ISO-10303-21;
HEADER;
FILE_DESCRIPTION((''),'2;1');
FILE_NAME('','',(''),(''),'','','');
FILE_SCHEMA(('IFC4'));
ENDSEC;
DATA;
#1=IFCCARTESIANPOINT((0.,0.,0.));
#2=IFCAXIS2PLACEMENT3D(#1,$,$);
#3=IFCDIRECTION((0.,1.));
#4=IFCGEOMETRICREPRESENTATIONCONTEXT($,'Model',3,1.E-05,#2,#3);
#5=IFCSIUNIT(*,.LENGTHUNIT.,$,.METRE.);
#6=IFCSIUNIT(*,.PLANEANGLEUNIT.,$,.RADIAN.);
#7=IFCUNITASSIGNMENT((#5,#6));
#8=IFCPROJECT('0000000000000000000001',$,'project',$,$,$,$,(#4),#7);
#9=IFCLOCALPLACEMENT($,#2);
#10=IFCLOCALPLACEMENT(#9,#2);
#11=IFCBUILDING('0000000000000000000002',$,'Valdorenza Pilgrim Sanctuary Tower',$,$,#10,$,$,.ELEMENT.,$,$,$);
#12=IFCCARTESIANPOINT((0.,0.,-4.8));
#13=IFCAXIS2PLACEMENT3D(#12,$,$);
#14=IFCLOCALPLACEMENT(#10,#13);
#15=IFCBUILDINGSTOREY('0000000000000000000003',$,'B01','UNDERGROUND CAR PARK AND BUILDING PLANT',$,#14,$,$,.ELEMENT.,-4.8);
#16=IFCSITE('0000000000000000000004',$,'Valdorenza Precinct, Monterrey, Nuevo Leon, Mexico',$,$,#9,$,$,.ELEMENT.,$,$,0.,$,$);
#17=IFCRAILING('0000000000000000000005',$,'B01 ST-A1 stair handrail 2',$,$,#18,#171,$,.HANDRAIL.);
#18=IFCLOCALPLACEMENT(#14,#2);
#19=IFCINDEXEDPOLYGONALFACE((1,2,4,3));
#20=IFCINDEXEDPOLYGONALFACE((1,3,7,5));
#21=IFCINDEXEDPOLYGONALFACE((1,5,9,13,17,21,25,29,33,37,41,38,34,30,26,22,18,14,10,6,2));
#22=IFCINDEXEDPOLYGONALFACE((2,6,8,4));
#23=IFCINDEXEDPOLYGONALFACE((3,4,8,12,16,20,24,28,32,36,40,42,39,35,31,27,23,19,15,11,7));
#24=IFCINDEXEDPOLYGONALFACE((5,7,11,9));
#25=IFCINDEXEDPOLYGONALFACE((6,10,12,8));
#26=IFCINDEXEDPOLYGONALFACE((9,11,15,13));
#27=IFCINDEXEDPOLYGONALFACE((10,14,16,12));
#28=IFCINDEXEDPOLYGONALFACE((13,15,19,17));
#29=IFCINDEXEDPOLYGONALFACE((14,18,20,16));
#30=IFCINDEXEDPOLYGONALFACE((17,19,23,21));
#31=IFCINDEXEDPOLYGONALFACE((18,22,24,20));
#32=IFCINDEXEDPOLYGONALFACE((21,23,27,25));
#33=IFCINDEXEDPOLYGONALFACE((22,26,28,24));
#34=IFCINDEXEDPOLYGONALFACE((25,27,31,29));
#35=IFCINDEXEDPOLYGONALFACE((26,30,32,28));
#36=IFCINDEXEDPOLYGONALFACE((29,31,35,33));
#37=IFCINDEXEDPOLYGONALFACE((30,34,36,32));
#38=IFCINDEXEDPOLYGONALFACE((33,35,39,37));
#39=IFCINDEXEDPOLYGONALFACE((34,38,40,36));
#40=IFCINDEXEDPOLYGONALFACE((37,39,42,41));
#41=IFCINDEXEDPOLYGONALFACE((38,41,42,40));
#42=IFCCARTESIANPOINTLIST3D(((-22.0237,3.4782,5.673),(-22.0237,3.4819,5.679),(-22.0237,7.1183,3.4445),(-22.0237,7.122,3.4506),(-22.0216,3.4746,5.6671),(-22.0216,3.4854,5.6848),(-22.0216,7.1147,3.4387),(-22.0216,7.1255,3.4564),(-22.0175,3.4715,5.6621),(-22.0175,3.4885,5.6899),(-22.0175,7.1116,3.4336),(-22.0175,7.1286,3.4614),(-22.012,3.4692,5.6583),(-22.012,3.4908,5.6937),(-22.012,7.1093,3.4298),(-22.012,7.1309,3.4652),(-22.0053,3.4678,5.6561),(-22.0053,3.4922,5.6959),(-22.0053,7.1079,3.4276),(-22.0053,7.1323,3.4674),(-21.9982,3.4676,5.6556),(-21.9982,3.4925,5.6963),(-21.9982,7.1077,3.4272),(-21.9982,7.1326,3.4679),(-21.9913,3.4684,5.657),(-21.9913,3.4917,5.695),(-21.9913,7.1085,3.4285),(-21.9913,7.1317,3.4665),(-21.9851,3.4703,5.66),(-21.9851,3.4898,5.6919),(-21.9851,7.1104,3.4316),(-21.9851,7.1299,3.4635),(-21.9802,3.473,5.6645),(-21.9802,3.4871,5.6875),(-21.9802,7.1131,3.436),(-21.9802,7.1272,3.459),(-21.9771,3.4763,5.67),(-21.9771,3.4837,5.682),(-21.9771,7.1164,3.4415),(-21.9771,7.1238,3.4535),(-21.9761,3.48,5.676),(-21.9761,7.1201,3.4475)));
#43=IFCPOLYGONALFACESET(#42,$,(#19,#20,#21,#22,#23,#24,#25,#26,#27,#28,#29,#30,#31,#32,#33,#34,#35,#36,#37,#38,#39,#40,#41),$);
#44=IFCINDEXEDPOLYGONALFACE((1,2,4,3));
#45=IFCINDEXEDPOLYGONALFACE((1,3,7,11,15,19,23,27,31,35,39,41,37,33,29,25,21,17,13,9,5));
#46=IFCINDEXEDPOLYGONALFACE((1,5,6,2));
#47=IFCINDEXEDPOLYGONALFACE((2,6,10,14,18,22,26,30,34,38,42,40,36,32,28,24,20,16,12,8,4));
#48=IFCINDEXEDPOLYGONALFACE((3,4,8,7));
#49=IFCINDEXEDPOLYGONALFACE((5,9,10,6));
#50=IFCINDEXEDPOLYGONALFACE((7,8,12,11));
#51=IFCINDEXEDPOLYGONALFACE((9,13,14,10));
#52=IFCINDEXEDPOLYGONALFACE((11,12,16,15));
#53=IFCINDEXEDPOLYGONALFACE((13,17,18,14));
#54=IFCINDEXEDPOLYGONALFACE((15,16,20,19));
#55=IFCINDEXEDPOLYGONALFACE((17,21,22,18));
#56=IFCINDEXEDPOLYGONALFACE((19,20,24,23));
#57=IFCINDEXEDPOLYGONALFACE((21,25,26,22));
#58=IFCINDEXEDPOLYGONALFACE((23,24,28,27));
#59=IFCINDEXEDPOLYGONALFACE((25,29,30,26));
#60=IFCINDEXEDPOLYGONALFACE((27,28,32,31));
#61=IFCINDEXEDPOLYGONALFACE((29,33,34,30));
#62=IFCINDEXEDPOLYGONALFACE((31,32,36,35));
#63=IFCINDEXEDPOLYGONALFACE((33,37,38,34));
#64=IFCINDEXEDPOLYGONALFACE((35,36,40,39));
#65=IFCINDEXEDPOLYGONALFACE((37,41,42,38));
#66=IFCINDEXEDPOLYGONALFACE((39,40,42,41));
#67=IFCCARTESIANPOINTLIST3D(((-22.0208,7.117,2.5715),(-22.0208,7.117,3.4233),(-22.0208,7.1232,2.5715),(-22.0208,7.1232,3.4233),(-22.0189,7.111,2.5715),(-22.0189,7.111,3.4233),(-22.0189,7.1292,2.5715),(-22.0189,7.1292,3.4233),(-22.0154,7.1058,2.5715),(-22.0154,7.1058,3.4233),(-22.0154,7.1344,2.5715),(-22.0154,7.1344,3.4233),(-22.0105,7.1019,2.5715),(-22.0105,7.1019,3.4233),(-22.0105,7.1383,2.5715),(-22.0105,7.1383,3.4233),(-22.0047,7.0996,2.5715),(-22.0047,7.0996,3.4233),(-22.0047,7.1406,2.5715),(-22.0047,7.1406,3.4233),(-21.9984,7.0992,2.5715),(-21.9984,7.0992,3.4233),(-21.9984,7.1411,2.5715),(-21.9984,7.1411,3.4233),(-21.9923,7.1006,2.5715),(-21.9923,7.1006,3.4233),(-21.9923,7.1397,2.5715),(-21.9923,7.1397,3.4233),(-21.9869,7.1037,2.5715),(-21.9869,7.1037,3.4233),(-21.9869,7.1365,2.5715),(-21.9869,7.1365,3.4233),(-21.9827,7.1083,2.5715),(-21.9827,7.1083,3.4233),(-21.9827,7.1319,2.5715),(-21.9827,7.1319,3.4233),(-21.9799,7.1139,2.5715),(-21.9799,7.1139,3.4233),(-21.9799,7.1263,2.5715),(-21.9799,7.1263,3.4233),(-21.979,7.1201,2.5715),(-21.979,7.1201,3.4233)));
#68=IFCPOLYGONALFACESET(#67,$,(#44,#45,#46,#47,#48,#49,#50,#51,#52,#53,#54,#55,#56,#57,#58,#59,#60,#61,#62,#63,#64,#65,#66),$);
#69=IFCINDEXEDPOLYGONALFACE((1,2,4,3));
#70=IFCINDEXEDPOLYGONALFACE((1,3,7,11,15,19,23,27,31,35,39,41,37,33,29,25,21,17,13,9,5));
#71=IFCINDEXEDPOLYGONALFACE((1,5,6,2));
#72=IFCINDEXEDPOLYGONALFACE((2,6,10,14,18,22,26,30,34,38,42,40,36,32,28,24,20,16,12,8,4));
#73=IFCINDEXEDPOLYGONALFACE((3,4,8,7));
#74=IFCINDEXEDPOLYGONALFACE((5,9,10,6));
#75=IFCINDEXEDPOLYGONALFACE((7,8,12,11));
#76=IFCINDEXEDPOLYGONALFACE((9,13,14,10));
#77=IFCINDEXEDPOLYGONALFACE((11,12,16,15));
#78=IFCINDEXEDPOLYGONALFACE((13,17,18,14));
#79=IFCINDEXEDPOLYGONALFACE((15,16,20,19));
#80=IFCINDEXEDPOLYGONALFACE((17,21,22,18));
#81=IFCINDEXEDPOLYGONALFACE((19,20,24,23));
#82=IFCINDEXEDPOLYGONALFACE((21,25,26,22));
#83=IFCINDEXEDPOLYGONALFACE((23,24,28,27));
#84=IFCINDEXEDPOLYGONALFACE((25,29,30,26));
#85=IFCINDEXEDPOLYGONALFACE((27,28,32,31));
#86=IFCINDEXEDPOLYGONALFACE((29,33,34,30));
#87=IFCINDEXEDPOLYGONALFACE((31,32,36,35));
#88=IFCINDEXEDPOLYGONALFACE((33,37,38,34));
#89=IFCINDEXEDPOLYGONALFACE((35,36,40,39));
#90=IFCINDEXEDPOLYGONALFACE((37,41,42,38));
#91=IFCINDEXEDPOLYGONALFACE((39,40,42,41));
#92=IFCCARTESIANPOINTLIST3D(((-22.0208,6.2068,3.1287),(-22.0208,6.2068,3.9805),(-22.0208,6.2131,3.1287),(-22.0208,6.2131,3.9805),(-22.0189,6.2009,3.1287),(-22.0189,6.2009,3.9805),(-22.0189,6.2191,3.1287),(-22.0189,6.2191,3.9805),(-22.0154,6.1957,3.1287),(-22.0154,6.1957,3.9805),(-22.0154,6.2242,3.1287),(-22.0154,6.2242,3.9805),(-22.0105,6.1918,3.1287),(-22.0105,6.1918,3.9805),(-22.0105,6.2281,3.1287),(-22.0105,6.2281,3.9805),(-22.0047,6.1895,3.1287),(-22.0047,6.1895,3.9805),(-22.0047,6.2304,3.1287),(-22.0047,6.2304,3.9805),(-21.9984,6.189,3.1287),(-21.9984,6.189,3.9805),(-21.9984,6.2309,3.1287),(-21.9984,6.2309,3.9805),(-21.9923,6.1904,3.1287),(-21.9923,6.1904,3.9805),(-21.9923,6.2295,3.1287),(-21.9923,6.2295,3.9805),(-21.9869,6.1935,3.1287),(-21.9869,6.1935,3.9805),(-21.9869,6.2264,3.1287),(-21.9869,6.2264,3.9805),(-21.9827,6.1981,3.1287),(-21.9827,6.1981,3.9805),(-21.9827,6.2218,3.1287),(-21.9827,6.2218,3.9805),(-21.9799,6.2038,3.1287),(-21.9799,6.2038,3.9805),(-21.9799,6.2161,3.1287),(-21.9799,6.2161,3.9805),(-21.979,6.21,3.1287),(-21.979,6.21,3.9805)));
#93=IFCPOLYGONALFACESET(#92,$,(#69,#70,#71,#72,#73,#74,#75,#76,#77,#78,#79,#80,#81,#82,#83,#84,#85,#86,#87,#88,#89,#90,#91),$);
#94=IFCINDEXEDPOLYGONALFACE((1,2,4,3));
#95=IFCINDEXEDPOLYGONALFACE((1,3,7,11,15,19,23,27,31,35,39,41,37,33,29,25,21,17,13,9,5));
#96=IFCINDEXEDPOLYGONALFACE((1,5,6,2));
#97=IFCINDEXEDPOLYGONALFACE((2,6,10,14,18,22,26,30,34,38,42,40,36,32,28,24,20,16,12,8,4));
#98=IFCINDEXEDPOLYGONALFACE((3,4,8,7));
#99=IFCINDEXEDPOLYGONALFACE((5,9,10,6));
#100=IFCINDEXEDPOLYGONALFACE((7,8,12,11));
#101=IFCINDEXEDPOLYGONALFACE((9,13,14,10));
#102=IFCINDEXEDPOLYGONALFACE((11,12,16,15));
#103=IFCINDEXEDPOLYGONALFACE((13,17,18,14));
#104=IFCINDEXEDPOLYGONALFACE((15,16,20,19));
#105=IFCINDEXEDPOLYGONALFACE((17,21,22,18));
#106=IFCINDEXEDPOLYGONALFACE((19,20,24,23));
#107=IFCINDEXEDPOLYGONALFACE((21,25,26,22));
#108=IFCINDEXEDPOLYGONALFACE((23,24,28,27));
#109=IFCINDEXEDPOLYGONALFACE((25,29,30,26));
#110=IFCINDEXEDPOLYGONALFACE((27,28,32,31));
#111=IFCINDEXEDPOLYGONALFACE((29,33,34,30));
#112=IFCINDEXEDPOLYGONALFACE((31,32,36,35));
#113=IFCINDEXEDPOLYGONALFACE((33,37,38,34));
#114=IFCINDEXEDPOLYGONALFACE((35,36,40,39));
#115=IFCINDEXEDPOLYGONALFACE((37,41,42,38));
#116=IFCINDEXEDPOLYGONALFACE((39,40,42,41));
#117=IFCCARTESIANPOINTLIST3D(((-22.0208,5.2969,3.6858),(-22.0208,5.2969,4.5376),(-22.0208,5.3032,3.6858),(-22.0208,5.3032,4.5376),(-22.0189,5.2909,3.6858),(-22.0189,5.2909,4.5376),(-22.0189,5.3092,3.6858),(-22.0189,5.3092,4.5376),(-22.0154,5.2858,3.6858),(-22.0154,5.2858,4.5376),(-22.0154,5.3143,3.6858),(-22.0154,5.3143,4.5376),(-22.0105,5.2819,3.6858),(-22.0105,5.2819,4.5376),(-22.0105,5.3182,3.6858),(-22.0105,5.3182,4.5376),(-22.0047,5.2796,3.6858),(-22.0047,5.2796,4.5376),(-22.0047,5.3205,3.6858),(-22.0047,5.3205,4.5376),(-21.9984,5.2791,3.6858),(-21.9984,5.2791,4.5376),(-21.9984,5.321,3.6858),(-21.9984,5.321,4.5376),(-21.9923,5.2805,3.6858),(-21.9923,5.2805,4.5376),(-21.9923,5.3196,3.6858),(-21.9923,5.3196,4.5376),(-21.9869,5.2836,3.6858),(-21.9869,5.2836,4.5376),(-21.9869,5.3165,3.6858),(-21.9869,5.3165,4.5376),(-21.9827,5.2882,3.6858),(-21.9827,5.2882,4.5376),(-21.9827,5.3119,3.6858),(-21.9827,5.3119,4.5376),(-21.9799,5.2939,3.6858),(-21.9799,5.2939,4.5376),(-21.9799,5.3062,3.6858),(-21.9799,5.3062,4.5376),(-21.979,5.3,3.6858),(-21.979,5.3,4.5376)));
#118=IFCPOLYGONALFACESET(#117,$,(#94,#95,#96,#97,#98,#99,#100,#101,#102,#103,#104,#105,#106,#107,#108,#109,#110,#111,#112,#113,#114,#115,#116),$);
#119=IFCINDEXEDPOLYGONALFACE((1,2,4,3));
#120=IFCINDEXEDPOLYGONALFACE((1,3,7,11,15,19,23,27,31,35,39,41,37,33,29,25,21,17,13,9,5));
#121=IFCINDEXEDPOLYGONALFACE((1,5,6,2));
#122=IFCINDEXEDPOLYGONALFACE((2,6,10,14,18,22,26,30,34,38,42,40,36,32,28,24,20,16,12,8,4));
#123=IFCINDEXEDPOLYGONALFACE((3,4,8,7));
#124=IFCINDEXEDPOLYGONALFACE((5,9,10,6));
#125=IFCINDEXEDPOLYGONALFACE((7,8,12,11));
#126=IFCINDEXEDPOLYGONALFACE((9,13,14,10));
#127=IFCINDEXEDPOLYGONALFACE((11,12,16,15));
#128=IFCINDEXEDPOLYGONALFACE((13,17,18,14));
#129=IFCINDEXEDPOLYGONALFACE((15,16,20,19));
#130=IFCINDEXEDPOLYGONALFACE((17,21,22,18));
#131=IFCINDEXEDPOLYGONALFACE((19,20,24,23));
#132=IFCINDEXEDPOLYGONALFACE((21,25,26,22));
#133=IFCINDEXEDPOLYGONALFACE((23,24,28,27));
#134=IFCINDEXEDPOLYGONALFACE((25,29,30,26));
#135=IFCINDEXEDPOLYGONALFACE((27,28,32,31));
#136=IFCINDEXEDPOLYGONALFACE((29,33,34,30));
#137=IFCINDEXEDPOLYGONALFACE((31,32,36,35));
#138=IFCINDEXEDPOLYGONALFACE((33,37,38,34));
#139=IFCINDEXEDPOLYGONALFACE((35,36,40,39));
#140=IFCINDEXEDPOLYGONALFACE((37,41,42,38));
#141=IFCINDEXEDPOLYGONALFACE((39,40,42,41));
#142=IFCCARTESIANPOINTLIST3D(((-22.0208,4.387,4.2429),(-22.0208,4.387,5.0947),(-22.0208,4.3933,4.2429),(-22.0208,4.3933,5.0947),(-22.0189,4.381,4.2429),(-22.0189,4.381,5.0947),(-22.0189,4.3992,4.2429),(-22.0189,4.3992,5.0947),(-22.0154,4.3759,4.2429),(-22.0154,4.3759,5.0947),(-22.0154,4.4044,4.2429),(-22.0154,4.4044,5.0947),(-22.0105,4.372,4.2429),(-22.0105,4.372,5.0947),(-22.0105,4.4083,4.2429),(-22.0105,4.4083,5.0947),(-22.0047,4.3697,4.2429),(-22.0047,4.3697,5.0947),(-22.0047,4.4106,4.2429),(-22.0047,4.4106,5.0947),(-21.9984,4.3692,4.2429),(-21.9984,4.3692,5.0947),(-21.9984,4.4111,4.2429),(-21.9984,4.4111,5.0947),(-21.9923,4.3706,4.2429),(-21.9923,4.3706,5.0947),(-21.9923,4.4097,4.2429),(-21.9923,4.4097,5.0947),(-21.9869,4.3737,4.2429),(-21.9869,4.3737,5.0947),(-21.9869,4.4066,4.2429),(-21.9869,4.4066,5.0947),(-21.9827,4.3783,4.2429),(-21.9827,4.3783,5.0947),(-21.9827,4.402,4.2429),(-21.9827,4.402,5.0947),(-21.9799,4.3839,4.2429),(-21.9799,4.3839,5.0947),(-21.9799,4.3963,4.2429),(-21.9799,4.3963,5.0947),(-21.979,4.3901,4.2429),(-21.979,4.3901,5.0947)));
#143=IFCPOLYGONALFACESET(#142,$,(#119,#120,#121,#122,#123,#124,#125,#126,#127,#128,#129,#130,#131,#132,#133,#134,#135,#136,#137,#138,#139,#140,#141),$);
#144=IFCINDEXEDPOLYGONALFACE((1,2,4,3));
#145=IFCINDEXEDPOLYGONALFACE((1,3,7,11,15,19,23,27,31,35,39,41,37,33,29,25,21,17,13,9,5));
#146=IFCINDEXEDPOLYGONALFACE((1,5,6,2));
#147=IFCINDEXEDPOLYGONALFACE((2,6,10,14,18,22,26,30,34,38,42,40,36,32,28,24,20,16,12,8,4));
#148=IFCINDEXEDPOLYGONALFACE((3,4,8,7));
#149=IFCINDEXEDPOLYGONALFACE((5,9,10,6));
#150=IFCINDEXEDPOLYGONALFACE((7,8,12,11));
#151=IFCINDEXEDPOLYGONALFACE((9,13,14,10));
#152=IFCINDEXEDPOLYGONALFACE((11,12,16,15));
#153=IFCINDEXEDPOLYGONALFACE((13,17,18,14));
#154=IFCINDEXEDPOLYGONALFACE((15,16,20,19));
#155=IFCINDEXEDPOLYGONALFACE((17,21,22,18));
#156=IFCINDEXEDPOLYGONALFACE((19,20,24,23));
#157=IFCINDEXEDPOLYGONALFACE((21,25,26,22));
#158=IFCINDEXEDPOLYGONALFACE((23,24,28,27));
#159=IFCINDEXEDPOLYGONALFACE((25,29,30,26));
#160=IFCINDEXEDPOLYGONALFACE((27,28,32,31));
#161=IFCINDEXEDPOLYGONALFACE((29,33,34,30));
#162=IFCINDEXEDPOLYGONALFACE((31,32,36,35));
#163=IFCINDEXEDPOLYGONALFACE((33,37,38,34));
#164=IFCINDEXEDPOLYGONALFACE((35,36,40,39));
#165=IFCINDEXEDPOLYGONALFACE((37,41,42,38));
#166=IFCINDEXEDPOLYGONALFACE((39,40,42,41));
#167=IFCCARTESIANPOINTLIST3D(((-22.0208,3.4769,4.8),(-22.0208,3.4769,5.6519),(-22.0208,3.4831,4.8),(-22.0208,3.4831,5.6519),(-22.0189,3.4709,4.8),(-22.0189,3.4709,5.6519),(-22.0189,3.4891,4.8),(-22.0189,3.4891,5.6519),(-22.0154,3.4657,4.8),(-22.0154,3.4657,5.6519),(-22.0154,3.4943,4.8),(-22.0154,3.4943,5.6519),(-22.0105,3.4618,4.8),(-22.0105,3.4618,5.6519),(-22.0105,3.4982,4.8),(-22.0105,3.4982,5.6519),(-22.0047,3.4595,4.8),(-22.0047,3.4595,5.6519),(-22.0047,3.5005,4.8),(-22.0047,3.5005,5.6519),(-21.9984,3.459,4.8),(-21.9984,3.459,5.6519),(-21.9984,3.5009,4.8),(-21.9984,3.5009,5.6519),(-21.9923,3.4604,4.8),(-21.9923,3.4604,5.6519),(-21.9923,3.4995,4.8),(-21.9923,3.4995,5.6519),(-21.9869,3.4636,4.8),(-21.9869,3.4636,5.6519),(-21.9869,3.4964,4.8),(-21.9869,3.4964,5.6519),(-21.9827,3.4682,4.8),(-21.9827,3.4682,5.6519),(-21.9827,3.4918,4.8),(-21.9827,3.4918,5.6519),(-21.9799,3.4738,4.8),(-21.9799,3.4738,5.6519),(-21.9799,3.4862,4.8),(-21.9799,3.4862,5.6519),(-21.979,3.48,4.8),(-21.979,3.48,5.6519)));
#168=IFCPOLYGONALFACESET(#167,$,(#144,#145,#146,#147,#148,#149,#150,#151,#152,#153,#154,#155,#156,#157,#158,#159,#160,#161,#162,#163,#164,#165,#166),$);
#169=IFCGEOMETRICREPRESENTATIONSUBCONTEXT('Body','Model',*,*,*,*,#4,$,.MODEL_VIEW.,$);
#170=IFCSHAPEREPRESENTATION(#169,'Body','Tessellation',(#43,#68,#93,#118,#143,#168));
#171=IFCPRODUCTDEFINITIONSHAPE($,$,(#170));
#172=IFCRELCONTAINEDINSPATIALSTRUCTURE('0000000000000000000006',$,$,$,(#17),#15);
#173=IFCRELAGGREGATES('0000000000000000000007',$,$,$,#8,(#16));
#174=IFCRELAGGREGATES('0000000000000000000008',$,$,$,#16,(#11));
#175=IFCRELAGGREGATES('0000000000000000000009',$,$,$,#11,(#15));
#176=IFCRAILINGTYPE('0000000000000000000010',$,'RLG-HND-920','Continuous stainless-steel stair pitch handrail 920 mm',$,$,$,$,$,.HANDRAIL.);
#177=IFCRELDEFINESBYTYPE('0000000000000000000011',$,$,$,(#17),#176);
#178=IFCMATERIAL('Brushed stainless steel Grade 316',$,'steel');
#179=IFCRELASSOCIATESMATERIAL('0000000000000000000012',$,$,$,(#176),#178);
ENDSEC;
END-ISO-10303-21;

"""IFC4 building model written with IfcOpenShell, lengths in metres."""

from ifc_helpers import new_model, si_unit, direction, frame, origin, origin_2d, place, context, subcontext, project, spatial, circle, extrude, material, type_object, element, save


model = new_model("IFC4")

# Units and contexts
model_context = context("Model", 3, precision=1e-05, world=origin(), true_north=direction((0.0, 1.0)))
body_context = subcontext(model_context, "Body", "Model", "MODEL_VIEW")
ifc_project = project(units=[si_unit("LENGTHUNIT", "METRE"), si_unit("PLANEANGLEUNIT", "RADIAN")], contexts=[model_context])

# Site, building, storey
site_placement = place(None, origin())
site = spatial("IfcSite", under=ifc_project, at=site_placement, Name="Valdorenza Precinct, Monterrey, Nuevo Leon, Mexico", CompositionType="ELEMENT", RefElevation=0.0)
building_placement = place(site_placement, origin())
building = spatial("IfcBuilding", under=site, at=building_placement, Name="Valdorenza Pilgrim Sanctuary Tower", CompositionType="ELEMENT")
storey_placement = place(building_placement, frame((0.0, 0.0, -4.8)))
storey = spatial("IfcBuildingStorey", under=building, at=storey_placement, Name="B01", Description="UNDERGROUND CAR PARK AND BUILDING PLANT", CompositionType="ELEMENT", Elevation=-4.8)

# Shared definitions
ifc_material_1 = material(Name="Brushed stainless steel Grade 316", Category="steel")

# Railing
railing_type_1 = type_object("IfcRailingType", Name="RLG-HND-920", Description="Continuous stainless-steel stair pitch handrail 920 mm", PredefinedType="HANDRAIL", material=ifc_material_1)
railing_1_placement = place(storey_placement, frame((-22.0, 7.1201, 2.5715)))
element("IfcRailing", 1, at=railing_1_placement, inside=storey, type_object=railing_type_1, Name="B01 ST-A1 stair handrail 2", PredefinedType="HANDRAIL", context=body_context, shape_type="SweptSolid", body=[
    extrude(circle(Radius=0.0239, at=origin_2d()), frame((0.0, 0.0, 0.876), z_axis=(0.0, -0.852866, 0.52213), x_axis=(1.0, 0.0, 0.0)), (0.0, 0.0, 1.0), 4.2681),
    extrude(circle(Radius=0.021, at=origin_2d()), origin(), (0.0, 0.0, 1.0), 0.8518),
    extrude(circle(Radius=0.021, at=origin_2d()), frame((0.0, -0.9102, 0.5571)), (0.0, 0.0, 1.0), 0.8518),
    extrude(circle(Radius=0.021, at=origin_2d()), frame((0.0, -1.8201, 1.1143)), (0.0, 0.0, 1.0), 0.8518),
    extrude(circle(Radius=0.021, at=origin_2d()), frame((0.0, -2.73, 1.6714)), (0.0, 0.0, 1.0), 0.8518),
    extrude(circle(Radius=0.021, at=origin_2d()), frame((0.0, -3.6401, 2.2285)), (0.0, 0.0, 1.0), 0.8518),
])

save(model, "model.ifc")
